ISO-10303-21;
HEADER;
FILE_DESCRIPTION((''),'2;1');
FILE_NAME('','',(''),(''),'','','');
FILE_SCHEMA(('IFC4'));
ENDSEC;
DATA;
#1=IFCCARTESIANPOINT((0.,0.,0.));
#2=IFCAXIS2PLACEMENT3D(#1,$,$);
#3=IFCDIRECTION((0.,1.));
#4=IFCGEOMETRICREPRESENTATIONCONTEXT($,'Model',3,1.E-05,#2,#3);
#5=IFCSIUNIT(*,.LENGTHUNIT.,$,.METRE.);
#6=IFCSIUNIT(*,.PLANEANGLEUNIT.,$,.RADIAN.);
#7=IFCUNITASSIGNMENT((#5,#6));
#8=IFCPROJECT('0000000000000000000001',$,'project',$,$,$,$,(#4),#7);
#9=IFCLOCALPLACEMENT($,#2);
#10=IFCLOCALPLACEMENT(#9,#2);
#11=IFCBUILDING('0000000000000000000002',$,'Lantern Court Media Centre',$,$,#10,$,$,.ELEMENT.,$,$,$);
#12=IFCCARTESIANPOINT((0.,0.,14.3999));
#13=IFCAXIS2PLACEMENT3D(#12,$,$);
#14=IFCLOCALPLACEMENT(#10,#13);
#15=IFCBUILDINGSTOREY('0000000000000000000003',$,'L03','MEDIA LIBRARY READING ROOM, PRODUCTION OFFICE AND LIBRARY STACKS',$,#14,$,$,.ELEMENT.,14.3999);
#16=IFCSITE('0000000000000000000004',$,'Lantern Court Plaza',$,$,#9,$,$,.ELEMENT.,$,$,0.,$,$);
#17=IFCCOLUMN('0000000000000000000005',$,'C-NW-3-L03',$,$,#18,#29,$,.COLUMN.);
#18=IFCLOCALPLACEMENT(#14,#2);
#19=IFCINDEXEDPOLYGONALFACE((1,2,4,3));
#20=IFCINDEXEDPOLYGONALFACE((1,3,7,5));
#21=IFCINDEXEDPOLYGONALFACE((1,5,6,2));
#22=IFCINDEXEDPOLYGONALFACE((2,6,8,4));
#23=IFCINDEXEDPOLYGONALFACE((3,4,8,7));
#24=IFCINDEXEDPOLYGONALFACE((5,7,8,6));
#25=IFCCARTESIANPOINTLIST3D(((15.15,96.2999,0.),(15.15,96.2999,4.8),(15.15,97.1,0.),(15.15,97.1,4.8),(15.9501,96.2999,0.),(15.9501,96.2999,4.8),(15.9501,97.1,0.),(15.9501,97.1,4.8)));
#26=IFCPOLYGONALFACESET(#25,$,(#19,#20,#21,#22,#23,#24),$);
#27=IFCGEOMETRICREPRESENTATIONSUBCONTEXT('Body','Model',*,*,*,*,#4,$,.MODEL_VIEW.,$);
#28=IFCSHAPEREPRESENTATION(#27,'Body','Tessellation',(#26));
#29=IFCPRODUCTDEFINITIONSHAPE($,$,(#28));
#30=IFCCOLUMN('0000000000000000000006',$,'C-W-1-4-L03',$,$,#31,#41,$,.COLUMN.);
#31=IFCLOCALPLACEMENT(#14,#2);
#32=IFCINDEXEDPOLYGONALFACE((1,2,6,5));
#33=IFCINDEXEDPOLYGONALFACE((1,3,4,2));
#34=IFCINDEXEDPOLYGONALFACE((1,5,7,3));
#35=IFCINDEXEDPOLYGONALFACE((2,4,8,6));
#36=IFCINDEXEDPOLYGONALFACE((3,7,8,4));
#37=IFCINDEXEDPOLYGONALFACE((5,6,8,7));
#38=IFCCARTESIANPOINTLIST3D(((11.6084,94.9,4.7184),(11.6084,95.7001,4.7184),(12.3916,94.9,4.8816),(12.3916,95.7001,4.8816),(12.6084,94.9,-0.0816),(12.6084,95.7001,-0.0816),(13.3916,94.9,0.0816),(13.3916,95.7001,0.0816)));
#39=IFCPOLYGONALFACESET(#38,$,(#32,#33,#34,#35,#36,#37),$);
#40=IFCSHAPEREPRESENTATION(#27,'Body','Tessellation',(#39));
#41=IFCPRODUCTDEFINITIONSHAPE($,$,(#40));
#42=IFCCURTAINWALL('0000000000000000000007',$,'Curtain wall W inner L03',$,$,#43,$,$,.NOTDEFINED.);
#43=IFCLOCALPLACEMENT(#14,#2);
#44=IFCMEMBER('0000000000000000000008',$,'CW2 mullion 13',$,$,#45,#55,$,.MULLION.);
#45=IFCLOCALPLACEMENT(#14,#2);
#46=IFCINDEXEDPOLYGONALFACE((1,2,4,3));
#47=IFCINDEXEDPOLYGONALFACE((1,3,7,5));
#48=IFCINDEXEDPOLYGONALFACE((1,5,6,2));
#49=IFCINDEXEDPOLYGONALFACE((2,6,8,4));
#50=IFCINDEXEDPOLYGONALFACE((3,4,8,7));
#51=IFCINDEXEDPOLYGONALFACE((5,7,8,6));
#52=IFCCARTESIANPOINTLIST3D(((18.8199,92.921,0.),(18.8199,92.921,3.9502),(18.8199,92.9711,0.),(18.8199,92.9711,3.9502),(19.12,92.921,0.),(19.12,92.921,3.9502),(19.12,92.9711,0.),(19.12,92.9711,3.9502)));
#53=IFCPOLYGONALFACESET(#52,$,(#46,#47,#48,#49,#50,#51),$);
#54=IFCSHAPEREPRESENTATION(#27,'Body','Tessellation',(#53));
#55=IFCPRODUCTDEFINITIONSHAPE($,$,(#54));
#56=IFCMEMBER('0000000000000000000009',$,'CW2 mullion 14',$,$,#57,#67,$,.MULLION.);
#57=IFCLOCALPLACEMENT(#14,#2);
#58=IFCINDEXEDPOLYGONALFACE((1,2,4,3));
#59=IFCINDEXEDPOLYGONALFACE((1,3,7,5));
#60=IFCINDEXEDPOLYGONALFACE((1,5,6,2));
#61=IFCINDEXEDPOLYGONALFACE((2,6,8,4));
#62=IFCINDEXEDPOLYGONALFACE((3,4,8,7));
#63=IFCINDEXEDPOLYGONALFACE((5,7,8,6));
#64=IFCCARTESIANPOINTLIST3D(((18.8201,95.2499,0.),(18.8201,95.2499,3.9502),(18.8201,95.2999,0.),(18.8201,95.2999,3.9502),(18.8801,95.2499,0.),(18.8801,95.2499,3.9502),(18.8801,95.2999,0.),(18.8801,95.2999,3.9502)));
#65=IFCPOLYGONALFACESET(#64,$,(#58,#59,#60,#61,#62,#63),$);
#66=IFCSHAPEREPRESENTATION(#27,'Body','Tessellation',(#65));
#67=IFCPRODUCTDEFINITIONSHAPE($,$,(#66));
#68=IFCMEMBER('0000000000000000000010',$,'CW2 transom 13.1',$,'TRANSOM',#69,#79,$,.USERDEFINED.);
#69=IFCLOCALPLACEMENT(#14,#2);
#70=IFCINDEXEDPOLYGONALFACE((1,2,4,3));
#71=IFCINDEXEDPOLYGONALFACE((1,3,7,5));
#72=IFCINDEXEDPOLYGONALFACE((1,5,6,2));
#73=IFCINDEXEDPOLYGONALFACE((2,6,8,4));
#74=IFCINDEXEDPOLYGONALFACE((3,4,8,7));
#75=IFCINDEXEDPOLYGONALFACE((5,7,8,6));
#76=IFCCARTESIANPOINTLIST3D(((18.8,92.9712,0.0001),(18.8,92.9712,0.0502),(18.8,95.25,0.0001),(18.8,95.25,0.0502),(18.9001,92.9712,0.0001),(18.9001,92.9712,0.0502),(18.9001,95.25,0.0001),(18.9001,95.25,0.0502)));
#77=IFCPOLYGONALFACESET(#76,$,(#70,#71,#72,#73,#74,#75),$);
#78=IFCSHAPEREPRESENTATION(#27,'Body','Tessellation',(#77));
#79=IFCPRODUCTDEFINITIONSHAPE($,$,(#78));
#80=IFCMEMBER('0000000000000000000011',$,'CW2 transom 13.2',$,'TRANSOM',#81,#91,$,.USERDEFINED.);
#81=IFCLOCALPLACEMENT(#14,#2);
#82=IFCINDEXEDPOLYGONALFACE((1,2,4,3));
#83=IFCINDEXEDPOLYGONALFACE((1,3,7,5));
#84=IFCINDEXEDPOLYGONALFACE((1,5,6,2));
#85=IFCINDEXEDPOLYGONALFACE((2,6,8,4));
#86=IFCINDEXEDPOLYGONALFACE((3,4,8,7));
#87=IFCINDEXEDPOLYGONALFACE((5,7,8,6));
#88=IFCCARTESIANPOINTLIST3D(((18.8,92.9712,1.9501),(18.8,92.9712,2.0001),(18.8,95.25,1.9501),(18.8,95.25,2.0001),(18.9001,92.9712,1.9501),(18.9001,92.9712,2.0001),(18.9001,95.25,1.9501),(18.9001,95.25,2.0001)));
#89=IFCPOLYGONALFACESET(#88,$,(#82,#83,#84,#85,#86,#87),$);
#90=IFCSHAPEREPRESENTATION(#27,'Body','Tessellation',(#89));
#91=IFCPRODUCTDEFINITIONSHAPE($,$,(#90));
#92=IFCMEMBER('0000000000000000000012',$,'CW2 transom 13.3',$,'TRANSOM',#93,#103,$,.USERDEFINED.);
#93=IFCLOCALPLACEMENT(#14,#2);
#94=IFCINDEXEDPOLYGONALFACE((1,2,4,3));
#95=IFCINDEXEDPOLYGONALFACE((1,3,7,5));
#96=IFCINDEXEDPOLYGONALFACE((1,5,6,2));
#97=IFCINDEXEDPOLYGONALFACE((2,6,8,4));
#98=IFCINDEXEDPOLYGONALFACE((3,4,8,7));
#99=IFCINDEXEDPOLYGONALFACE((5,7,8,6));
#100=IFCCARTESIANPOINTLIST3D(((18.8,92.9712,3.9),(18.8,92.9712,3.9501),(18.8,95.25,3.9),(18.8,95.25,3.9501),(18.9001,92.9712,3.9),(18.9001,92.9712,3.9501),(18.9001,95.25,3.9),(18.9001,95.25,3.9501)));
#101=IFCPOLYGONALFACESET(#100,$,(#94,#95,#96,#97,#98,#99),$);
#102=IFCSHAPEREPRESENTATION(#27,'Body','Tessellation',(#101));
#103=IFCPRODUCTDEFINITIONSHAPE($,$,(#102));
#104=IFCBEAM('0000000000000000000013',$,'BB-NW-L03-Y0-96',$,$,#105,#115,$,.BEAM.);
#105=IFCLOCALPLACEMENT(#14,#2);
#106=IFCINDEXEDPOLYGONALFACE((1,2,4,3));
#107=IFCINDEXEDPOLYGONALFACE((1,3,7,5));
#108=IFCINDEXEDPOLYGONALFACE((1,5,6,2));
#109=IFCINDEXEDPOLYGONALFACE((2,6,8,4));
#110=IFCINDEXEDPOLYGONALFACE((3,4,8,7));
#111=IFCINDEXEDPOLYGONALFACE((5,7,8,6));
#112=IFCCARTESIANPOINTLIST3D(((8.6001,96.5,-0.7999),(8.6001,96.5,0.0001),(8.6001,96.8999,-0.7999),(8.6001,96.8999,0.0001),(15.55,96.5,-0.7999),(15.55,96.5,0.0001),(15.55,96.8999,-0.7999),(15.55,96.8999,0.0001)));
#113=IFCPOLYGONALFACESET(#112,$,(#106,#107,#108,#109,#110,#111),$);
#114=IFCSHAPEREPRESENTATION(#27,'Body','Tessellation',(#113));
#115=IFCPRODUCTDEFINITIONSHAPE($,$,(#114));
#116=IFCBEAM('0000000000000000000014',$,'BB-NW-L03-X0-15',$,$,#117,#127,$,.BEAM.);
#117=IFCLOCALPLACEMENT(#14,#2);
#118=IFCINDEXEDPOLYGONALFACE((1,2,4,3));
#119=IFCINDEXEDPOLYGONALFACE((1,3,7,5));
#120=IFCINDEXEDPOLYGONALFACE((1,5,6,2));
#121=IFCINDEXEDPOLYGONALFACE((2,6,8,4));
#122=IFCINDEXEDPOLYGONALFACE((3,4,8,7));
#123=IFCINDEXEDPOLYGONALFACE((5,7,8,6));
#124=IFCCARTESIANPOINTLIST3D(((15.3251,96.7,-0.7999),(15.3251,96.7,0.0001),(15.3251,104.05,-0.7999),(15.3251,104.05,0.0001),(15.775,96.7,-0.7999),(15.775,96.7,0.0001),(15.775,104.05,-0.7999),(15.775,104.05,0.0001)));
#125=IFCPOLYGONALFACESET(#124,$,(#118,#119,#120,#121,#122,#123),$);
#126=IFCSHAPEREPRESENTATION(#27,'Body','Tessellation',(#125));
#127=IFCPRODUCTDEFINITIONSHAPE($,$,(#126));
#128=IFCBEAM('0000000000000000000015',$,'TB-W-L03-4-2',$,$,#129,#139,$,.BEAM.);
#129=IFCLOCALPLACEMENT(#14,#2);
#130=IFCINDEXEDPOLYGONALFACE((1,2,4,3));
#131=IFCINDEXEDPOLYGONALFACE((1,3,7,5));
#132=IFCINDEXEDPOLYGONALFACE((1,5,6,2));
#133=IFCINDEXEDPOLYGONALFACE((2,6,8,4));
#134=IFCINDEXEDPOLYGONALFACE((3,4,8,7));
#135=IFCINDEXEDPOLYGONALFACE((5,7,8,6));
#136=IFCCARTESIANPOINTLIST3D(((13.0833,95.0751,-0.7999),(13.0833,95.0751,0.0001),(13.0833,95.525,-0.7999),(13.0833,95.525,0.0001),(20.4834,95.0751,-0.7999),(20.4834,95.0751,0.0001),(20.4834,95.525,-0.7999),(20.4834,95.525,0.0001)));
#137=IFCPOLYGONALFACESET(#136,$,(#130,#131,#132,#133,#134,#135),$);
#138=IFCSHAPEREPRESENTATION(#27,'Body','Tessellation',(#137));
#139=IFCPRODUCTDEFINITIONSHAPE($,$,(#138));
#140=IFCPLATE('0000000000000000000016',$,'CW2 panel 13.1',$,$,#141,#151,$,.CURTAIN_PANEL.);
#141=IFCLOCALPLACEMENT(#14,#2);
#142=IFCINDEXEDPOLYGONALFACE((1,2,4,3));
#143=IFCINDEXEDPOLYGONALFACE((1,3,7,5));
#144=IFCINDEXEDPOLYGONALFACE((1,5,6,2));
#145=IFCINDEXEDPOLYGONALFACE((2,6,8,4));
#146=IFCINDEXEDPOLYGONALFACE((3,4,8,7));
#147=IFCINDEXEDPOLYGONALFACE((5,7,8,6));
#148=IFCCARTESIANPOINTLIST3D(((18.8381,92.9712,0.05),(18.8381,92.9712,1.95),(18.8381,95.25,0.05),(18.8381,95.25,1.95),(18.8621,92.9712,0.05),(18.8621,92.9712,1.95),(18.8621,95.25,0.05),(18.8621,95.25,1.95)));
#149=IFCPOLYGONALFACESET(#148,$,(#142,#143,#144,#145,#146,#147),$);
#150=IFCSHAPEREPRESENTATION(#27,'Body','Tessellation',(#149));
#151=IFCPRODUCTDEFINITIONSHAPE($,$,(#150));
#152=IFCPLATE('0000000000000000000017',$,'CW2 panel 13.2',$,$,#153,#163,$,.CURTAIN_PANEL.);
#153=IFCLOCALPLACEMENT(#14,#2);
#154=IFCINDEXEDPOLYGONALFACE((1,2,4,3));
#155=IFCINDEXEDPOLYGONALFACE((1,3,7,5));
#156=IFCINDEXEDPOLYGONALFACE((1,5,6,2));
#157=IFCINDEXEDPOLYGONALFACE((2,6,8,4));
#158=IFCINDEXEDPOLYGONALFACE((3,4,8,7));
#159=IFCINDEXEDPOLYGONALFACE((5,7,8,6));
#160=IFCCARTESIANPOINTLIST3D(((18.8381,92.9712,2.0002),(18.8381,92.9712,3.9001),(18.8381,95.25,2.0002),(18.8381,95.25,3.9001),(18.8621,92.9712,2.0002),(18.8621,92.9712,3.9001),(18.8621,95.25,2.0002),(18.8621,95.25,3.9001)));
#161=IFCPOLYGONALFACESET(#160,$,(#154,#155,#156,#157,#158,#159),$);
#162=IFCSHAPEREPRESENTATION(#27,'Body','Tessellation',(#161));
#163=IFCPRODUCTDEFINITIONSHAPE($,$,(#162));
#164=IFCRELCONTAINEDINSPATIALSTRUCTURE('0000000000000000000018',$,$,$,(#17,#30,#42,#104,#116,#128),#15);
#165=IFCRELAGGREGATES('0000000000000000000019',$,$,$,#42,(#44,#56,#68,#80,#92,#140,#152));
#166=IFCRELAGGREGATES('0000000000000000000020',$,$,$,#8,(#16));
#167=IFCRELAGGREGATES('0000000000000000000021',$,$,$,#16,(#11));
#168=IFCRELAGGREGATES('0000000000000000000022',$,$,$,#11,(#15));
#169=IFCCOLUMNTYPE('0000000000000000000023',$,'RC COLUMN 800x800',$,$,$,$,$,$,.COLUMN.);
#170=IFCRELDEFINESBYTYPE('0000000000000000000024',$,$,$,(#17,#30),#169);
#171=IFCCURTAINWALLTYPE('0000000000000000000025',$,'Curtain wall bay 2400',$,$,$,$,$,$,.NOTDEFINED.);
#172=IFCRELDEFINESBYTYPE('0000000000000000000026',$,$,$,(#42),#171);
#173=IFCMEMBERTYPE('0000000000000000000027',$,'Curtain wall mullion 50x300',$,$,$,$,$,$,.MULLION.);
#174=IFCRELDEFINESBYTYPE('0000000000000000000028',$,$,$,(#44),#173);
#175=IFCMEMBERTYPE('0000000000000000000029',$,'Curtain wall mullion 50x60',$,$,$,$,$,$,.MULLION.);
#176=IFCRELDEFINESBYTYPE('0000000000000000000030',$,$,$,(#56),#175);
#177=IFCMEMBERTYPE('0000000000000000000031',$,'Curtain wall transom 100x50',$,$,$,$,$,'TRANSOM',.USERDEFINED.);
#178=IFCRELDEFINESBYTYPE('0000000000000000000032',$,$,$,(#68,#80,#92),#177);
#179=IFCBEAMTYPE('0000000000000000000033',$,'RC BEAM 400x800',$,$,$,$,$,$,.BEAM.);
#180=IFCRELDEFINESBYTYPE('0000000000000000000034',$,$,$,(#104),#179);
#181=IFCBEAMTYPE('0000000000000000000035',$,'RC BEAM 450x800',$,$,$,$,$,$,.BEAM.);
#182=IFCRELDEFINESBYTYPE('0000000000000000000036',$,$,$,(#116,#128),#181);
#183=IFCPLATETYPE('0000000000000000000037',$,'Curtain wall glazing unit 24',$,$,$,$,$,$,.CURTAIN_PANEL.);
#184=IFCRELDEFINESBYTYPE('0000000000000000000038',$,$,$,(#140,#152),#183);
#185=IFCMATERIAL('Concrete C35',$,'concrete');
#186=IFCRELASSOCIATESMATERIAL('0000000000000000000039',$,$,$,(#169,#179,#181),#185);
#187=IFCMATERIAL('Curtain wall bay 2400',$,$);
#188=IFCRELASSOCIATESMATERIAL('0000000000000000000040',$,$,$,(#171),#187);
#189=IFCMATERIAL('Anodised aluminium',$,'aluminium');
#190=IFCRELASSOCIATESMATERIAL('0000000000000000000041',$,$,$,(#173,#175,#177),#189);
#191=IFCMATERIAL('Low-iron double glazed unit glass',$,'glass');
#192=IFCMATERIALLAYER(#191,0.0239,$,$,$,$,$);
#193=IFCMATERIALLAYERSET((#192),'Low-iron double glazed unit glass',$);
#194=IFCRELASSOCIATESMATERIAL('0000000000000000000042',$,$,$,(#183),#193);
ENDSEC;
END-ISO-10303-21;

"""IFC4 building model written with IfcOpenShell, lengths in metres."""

from ifc_helpers import new_model, si_unit, direction, frame, origin, origin_2d, place, context, subcontext, project, spatial, rectangle, extrude, material, layer, layer_set, material_profile, profile_set, type_object, element, aggregate, save


model = new_model("IFC4")

# Units and contexts
model_context = context("Model", 3, precision=1e-05, world=origin(), true_north=direction((0.0, 1.0)))
body_context = subcontext(model_context, "Body", "Model", "MODEL_VIEW")
ifc_project = project(units=[si_unit("LENGTHUNIT", "METRE"), si_unit("PLANEANGLEUNIT", "RADIAN")], contexts=[model_context])

# Site, building, storey
site_placement = place(None, origin())
site = spatial("IfcSite", under=ifc_project, at=site_placement, Name="Lantern Court Plaza", CompositionType="ELEMENT", RefElevation=0.0)
building_placement = place(site_placement, origin())
building = spatial("IfcBuilding", under=site, at=building_placement, Name="Lantern Court Media Centre", CompositionType="ELEMENT")
storey_placement = place(building_placement, frame((0.0, 0.0, 14.3999)))
storey = spatial("IfcBuildingStorey", under=building, at=storey_placement, Name="L03", Description="MEDIA LIBRARY READING ROOM, PRODUCTION OFFICE AND LIBRARY STACKS", CompositionType="ELEMENT", Elevation=14.3999)

# Columns
ifc_material_1 = material(Name="Concrete C35", Category="concrete")
ifc_material_profile_1 = material_profile(ifc_material_1, rectangle(XDim=0.8, YDim=0.8, at=origin_2d()), Name="RC 800x800")
ifc_profile_set_1 = profile_set([ifc_material_profile_1], Name="Concrete C35")
column_type = type_object("IfcColumnType", Name="RC COLUMN 800x800", PredefinedType="COLUMN", material=ifc_profile_set_1)
column_1_placement = place(storey_placement, frame((15.55, 96.7, 0.0), z_axis=(0.0, 0.0, 1.0), x_axis=(1.0, 0.0, 0.0)))
element("IfcColumn", 1, at=column_1_placement, inside=storey, type_object=column_type, Name="C-NW-3-L03", PredefinedType="COLUMN", context=body_context, shape_type="SweptSolid", body=[
    extrude(rectangle(XDim=0.8, YDim=0.8, at=origin_2d()), origin(), (0.0, 0.0, 1.0), 4.8),
])
column_2_placement = place(storey_placement, frame((13.0, 95.3, 0.0), z_axis=(-0.203952, 0.0, 0.978981), x_axis=(0.0, -1.0, 0.0)))
element("IfcColumn", 2, at=column_2_placement, inside=storey, type_object=column_type, Name="C-W-1-4-L03", PredefinedType="COLUMN", context=body_context, shape_type="SweptSolid", body=[
    extrude(rectangle(XDim=0.8, YDim=0.8, at=origin_2d()), origin(), (0.0, 0.0, 1.0), 4.9031),
])

# Curtain wall, members
ifc_material_2 = material(Name="Curtain wall bay 2400")
curtain_wall_type = type_object("IfcCurtainWallType", Name="Curtain wall bay 2400", PredefinedType="NOTDEFINED", material=ifc_material_2)
curtain_wall_placement = place(storey_placement, origin())
curtain_wall = element("IfcCurtainWall", 3, at=curtain_wall_placement, inside=storey, type_object=curtain_wall_type, Name="Curtain wall W inner L03", PredefinedType="NOTDEFINED")
ifc_material_3 = material(Name="Anodised aluminium", Category="aluminium")
ifc_material_profile_2 = material_profile(ifc_material_3, rectangle(XDim=0.3, YDim=0.05, at=origin_2d()), Name="AL 50x300")
ifc_profile_set_2 = profile_set([ifc_material_profile_2], Name="Anodised aluminium")
member_type_1 = type_object("IfcMemberType", Name="Curtain wall mullion 50x300", PredefinedType="MULLION", material=ifc_profile_set_2)
member_1_placement = place(storey_placement, frame((18.97, 92.946, 0.0), z_axis=(0.0, 0.0, 1.0), x_axis=(-1.0, 0.0, 0.0)))
member_1 = element("IfcMember", 4, at=member_1_placement, type_object=member_type_1, Name="CW2 mullion 13", PredefinedType="MULLION", context=body_context, shape_type="SweptSolid", body=[
    extrude(rectangle(XDim=0.3, YDim=0.05, at=origin_2d()), origin(), (0.0, 0.0, 1.0), 3.9502),
])
ifc_material_profile_3 = material_profile(ifc_material_3, rectangle(XDim=0.0601, YDim=0.05, at=origin_2d()), Name="AL 50x60")
ifc_profile_set_3 = profile_set([ifc_material_profile_3], Name="Anodised aluminium")
member_type_2 = type_object("IfcMemberType", Name="Curtain wall mullion 50x60", PredefinedType="MULLION", material=ifc_profile_set_3)
member_2_placement = place(storey_placement, frame((18.8501, 95.2749, 0.0), z_axis=(0.0, 0.0, 1.0), x_axis=(-1.0, 0.0, 0.0)))
member_2 = element("IfcMember", 5, at=member_2_placement, type_object=member_type_2, Name="CW2 mullion 14", PredefinedType="MULLION", context=body_context, shape_type="SweptSolid", body=[
    extrude(rectangle(XDim=0.0601, YDim=0.05, at=origin_2d()), origin(), (0.0, 0.0, 1.0), 3.9502),
])
ifc_material_profile_4 = material_profile(ifc_material_3, rectangle(XDim=0.1001, YDim=0.05, at=origin_2d()), Name="AL 50x100")
ifc_profile_set_4 = profile_set([ifc_material_profile_4], Name="Anodised aluminium")
member_type_3 = type_object("IfcMemberType", Name="Curtain wall transom 100x50", ElementType="TRANSOM", PredefinedType="USERDEFINED", material=ifc_profile_set_4)
member_3_placement = place(storey_placement, frame((18.8501, 92.9712, 0.0251), z_axis=(0.0, 1.0, 0.0), x_axis=(-1.0, 0.0, 0.0)))
member_3 = element("IfcMember", 6, at=member_3_placement, type_object=member_type_3, Name="CW2 transom 13.1", ObjectType="TRANSOM", PredefinedType="USERDEFINED", context=body_context, shape_type="SweptSolid", body=[
    extrude(rectangle(XDim=0.1001, YDim=0.05, at=origin_2d()), origin(), (0.0, 0.0, 1.0), 2.2788),
])
member_4_placement = place(storey_placement, frame((18.8501, 92.9712, 1.9751), z_axis=(0.0, 1.0, 0.0), x_axis=(-1.0, 0.0, 0.0)))
member_4 = element("IfcMember", 7, at=member_4_placement, type_object=member_type_3, Name="CW2 transom 13.2", ObjectType="TRANSOM", PredefinedType="USERDEFINED", context=body_context, shape_type="SweptSolid", body=[
    extrude(rectangle(XDim=0.1001, YDim=0.05, at=origin_2d()), origin(), (0.0, 0.0, 1.0), 2.2788),
])
member_5_placement = place(storey_placement, frame((18.8501, 92.9712, 3.925), z_axis=(0.0, 1.0, 0.0), x_axis=(-1.0, 0.0, 0.0)))
member_5 = element("IfcMember", 8, at=member_5_placement, type_object=member_type_3, Name="CW2 transom 13.3", ObjectType="TRANSOM", PredefinedType="USERDEFINED", context=body_context, shape_type="SweptSolid", body=[
    extrude(rectangle(XDim=0.1001, YDim=0.05, at=origin_2d()), origin(), (0.0, 0.0, 1.0), 2.2788),
])

# Beams
ifc_material_profile_5 = material_profile(ifc_material_1, rectangle(XDim=0.3999, YDim=0.8, at=origin_2d()), Name="RC 400x800")
ifc_profile_set_5 = profile_set([ifc_material_profile_5], Name="Concrete C35")
beam_type_1 = type_object("IfcBeamType", Name="RC BEAM 400x800", PredefinedType="BEAM", material=ifc_profile_set_5)
beam_1_placement = place(storey_placement, frame((8.6001, 96.7, -0.3999), z_axis=(1.0, 0.0, 0.0), x_axis=(0.0, 1.0, 0.0)))
element("IfcBeam", 9, at=beam_1_placement, inside=storey, type_object=beam_type_1, Name="BB-NW-L03-Y0-96", PredefinedType="BEAM", context=body_context, shape_type="SweptSolid", body=[
    extrude(rectangle(XDim=0.3999, YDim=0.8, at=origin_2d()), origin(), (0.0, 0.0, 1.0), 6.95),
])
ifc_material_profile_6 = material_profile(ifc_material_1, rectangle(XDim=0.45, YDim=0.8, at=origin_2d()), Name="RC 450x800")
ifc_profile_set_6 = profile_set([ifc_material_profile_6], Name="Concrete C35")
beam_type_2 = type_object("IfcBeamType", Name="RC BEAM 450x800", PredefinedType="BEAM", material=ifc_profile_set_6)
beam_2_placement = place(storey_placement, frame((15.55, 96.7, -0.3999), z_axis=(0.0, 1.0, 0.0), x_axis=(-1.0, 0.0, 0.0)))
element("IfcBeam", 10, at=beam_2_placement, inside=storey, type_object=beam_type_2, Name="BB-NW-L03-X0-15", PredefinedType="BEAM", context=body_context, shape_type="SweptSolid", body=[
    extrude(rectangle(XDim=0.45, YDim=0.8, at=origin_2d()), origin(), (0.0, 0.0, 1.0), 7.3501),
])
beam_3_placement = place(storey_placement, frame((13.0833, 95.3, -0.3999), z_axis=(1.0, 0.0, 0.0), x_axis=(0.0, 1.0, 0.0)))
element("IfcBeam", 11, at=beam_3_placement, inside=storey, type_object=beam_type_2, Name="TB-W-L03-4-2", PredefinedType="BEAM", context=body_context, shape_type="SweptSolid", body=[
    extrude(rectangle(XDim=0.45, YDim=0.8, at=origin_2d()), origin(), (0.0, 0.0, 1.0), 7.4001),
])

# Plates
ifc_material_4 = material(Name="Low-iron double glazed unit glass", Category="glass")
ifc_layer_1 = layer(ifc_material_4, 0.0239)
ifc_layer_set_1 = layer_set([ifc_layer_1], Name="Low-iron double glazed unit glass")
plate_type = type_object("IfcPlateType", Name="Curtain wall glazing unit 24", PredefinedType="CURTAIN_PANEL", material=ifc_layer_set_1)
plate_1_placement = place(storey_placement, frame((18.8501, 94.1106, 0.05), z_axis=(0.0, 0.0, 1.0), x_axis=(0.0, 1.0, 0.0)))
plate_1 = element("IfcPlate", 12, at=plate_1_placement, type_object=plate_type, Name="CW2 panel 13.1", PredefinedType="CURTAIN_PANEL", context=body_context, shape_type="SweptSolid", body=[
    extrude(rectangle(XDim=2.2788, YDim=0.0239, at=origin_2d()), origin(), (0.0, 0.0, 1.0), 1.8999),
])
plate_2_placement = place(storey_placement, frame((18.8501, 94.1106, 2.0002), z_axis=(0.0, 0.0, 1.0), x_axis=(0.0, 1.0, 0.0)))
plate_2 = element("IfcPlate", 13, at=plate_2_placement, type_object=plate_type, Name="CW2 panel 13.2", PredefinedType="CURTAIN_PANEL", context=body_context, shape_type="SweptSolid", body=[
    extrude(rectangle(XDim=2.2788, YDim=0.0239, at=origin_2d()), origin(), (0.0, 0.0, 1.0), 1.8999),
])
aggregate(curtain_wall, [member_1, member_2, member_3, member_4, member_5, plate_1, plate_2])

save(model, "model.ifc")
